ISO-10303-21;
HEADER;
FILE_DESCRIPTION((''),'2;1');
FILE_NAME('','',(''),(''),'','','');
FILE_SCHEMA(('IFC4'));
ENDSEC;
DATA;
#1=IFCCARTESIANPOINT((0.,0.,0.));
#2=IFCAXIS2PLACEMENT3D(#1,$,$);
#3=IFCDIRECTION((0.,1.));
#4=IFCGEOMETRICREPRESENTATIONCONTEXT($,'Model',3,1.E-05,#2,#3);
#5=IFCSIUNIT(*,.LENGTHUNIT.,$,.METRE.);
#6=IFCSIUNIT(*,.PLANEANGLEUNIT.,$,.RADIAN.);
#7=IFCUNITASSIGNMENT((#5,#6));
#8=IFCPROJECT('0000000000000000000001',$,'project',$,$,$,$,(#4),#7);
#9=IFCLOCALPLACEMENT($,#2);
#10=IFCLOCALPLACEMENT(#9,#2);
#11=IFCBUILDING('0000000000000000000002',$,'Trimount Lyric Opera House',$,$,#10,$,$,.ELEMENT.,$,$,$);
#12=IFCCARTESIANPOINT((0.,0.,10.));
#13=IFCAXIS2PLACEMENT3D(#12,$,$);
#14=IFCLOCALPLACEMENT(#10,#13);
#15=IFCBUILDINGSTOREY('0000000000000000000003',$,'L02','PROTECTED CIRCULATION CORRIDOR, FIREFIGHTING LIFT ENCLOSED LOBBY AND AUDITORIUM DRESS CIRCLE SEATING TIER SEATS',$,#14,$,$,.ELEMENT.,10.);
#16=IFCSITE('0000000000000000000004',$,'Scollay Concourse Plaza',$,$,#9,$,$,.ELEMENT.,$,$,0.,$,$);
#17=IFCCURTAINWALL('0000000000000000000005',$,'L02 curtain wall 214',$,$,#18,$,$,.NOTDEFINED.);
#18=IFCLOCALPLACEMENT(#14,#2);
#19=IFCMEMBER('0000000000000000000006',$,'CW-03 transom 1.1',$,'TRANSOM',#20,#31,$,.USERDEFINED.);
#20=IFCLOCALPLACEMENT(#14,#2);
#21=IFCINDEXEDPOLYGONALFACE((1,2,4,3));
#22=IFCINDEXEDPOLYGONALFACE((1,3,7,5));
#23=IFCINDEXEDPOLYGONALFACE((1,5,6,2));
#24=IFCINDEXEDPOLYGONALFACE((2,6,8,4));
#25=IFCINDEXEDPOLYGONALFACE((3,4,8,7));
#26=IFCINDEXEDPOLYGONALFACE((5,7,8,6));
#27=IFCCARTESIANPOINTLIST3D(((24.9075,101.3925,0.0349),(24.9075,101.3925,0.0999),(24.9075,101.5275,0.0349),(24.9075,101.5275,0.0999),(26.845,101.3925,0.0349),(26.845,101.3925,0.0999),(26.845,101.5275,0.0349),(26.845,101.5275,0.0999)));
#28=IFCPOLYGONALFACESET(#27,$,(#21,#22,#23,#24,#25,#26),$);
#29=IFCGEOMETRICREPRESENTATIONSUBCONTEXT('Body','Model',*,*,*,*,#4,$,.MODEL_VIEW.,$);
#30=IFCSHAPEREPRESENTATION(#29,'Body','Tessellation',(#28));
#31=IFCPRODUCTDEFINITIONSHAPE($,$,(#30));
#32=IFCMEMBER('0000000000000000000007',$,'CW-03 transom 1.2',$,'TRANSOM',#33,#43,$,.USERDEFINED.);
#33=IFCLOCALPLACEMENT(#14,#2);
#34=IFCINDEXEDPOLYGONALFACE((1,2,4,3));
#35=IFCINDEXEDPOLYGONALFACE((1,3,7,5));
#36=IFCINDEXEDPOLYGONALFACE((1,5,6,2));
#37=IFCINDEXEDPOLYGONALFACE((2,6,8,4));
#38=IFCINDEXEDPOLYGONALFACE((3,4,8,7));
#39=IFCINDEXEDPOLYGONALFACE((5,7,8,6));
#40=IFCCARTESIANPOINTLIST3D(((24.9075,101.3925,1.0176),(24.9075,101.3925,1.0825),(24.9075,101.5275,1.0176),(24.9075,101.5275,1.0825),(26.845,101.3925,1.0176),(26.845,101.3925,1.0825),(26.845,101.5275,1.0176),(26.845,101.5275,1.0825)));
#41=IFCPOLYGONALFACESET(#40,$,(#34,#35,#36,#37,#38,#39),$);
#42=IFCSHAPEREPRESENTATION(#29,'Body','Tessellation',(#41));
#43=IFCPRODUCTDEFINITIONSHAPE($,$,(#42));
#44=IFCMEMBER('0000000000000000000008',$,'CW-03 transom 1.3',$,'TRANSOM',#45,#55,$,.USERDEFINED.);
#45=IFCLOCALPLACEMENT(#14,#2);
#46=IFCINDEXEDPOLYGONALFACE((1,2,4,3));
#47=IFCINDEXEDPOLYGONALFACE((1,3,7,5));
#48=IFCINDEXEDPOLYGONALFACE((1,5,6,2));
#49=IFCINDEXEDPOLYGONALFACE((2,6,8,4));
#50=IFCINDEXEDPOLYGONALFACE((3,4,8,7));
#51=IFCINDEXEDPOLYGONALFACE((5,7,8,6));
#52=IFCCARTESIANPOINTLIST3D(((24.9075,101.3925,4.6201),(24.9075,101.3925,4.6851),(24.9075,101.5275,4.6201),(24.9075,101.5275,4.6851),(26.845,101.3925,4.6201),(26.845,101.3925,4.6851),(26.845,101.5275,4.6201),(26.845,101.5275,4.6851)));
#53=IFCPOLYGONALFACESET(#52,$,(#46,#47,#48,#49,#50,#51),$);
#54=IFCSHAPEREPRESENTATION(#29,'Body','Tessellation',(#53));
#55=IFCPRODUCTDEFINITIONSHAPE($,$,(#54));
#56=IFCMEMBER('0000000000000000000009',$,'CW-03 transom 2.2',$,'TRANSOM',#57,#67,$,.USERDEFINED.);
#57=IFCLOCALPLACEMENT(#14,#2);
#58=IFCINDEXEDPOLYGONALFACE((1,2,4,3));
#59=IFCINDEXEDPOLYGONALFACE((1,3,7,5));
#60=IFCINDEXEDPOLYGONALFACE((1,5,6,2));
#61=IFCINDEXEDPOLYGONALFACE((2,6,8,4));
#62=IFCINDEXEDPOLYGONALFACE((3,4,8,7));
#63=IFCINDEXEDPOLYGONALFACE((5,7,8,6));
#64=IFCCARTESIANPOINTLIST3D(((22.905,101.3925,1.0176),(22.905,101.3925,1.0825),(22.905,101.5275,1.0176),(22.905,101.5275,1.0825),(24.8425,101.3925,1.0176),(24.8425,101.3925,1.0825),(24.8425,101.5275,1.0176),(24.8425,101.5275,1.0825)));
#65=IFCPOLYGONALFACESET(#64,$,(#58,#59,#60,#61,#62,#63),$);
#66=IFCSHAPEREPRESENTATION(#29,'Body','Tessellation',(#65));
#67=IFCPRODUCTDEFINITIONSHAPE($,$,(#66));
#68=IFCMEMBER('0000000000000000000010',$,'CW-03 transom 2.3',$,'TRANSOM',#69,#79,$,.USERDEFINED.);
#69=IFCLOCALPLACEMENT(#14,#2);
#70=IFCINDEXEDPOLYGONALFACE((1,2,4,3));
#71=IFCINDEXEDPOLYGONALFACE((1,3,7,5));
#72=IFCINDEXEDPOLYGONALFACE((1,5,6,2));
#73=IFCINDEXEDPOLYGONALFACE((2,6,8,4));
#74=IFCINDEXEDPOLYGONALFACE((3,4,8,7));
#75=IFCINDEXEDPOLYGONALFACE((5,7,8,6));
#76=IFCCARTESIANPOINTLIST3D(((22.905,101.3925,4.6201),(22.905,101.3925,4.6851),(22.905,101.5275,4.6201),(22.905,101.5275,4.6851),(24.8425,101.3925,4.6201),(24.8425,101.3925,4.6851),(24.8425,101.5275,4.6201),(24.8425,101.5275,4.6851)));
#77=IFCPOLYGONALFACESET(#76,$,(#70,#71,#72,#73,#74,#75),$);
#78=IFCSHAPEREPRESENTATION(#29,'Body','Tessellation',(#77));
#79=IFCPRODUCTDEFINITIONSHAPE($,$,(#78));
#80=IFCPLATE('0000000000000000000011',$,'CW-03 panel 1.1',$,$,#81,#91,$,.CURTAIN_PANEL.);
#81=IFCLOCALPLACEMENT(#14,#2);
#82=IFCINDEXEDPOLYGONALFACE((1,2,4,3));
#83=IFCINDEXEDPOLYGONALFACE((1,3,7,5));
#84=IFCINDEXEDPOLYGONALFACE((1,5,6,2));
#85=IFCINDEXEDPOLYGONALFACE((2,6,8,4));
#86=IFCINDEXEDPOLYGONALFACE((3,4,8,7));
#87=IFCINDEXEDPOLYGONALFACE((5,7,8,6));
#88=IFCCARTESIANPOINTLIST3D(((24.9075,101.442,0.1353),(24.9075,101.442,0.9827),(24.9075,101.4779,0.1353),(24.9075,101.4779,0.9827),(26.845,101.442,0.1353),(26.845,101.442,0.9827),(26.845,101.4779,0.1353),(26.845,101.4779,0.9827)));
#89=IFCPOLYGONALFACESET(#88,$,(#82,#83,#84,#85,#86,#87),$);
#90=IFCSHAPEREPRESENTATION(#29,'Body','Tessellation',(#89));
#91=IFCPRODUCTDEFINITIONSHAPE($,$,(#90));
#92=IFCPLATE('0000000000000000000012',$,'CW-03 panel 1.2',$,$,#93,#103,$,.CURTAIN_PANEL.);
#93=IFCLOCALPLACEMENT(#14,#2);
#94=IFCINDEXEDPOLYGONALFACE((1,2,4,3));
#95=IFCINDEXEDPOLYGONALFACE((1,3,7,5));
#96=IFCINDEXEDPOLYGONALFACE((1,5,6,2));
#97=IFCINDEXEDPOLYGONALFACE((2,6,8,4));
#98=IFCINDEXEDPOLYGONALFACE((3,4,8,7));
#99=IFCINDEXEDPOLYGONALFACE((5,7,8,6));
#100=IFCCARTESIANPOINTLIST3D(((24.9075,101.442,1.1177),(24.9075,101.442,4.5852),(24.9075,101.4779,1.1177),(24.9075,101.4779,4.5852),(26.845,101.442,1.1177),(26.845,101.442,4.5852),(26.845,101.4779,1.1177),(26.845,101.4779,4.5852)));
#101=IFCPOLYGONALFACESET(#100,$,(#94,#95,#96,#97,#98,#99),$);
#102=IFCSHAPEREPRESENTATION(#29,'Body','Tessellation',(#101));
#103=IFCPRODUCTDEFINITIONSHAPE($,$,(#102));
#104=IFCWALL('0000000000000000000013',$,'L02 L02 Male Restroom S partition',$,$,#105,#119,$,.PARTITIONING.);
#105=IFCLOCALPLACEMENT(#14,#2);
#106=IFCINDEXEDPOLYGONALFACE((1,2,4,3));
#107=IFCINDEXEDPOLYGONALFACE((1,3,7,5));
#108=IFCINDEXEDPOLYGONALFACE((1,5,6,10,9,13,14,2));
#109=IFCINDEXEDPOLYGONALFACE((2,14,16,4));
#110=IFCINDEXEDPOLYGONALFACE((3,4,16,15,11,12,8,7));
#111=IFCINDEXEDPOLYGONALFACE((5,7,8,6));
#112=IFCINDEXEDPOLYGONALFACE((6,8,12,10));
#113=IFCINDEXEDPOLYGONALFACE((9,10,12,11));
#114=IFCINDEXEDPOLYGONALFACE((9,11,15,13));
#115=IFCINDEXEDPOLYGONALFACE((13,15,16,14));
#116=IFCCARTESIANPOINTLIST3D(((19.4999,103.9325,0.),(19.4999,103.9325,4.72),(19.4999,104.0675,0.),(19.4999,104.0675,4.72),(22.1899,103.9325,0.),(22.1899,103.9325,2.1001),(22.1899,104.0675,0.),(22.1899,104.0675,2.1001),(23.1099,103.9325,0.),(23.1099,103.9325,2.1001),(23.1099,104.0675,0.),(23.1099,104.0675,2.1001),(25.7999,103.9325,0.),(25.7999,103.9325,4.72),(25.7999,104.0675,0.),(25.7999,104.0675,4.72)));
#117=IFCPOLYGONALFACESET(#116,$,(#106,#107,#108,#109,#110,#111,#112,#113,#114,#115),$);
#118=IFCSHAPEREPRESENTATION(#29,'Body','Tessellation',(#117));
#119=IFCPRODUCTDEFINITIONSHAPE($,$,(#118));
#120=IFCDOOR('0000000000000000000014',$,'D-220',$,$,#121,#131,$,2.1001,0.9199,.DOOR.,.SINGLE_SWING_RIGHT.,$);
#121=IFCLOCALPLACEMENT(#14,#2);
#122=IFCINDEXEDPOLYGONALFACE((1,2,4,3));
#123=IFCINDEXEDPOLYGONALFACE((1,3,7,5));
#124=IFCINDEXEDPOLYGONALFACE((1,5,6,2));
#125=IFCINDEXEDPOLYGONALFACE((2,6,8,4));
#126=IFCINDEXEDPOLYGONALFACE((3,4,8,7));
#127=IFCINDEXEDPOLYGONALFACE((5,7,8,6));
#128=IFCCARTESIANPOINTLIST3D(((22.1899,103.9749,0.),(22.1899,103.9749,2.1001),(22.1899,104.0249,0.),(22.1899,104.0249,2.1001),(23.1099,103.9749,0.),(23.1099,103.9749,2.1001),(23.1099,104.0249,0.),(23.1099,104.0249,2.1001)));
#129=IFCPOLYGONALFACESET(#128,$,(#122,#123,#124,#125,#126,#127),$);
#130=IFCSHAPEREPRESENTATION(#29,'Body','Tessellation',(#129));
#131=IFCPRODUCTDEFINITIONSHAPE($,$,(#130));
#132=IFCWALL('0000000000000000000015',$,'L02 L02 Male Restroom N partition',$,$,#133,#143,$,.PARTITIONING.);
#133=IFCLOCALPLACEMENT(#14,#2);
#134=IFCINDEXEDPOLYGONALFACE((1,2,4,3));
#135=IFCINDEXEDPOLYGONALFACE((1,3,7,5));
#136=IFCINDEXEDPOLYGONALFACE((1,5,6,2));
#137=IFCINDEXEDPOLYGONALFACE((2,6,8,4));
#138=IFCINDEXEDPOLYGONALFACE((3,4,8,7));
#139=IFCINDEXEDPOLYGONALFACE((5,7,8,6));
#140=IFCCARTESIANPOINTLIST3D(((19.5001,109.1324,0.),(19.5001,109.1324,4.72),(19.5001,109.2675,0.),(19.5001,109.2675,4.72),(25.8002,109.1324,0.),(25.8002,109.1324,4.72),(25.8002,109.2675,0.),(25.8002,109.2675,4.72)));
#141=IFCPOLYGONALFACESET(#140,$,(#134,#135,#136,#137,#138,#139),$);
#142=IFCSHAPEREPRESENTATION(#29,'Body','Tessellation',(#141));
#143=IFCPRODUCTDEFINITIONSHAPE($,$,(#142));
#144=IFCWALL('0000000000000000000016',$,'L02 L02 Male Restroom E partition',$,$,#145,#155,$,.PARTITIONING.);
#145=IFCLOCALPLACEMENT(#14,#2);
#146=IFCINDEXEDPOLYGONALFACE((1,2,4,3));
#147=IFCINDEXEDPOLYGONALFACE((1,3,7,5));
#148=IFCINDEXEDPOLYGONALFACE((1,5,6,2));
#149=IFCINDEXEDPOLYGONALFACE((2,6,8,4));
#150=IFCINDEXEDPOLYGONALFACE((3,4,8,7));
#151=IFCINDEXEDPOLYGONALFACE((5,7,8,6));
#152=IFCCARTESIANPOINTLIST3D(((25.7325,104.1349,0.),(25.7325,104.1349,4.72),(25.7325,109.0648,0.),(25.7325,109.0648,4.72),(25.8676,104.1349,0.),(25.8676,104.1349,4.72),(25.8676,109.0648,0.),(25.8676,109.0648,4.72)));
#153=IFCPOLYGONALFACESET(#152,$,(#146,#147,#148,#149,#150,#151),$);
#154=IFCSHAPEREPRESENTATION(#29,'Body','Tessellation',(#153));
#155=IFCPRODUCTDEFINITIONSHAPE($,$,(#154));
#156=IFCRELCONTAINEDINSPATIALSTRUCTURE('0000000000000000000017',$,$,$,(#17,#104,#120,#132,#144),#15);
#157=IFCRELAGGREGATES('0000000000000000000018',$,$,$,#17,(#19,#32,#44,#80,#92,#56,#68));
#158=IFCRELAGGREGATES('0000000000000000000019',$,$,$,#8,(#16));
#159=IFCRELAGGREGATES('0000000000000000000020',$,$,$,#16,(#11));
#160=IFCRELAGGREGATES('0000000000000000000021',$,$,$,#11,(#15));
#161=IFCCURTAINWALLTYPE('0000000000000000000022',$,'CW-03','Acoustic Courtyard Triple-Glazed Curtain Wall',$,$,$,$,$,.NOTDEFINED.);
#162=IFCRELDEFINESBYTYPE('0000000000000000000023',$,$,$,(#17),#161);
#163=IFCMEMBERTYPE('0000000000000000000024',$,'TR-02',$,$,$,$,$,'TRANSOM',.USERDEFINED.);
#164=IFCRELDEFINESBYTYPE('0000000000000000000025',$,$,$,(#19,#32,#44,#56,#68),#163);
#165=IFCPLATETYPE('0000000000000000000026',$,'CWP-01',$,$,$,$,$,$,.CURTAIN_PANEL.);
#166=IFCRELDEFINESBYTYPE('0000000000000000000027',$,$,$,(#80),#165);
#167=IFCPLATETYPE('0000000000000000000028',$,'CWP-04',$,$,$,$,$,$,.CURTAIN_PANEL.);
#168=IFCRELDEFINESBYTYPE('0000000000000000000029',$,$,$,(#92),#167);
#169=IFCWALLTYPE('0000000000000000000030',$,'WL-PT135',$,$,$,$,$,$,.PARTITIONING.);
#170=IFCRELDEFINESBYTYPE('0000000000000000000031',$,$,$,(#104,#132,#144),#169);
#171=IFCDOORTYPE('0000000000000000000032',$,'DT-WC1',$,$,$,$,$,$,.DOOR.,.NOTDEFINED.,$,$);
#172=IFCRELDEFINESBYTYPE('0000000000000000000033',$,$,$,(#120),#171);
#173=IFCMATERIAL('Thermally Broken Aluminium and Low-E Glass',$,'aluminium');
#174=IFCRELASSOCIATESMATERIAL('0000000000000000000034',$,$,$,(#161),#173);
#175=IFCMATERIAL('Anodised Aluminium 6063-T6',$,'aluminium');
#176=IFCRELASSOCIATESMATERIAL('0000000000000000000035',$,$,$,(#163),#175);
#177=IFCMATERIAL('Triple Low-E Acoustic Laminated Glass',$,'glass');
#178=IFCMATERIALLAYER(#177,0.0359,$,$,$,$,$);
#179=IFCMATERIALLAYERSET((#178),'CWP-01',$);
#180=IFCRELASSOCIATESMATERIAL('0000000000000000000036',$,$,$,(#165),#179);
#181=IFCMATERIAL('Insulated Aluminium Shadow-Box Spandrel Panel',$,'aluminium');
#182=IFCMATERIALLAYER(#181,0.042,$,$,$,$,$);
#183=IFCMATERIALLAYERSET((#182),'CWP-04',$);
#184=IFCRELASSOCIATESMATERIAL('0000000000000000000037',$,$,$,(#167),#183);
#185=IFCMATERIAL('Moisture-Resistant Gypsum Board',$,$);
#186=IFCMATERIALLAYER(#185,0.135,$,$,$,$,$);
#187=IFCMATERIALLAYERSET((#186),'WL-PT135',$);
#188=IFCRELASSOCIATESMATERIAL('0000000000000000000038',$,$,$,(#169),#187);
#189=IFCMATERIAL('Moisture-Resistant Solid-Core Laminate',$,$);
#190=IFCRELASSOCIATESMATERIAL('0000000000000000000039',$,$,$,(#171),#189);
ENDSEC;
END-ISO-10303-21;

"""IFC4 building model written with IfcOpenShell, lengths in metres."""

from ifc_helpers import new_model, si_unit, direction, frame, frame_2d, origin, origin_2d, place, context, subcontext, project, spatial, rectangle, extrude, material, layer, layer_set, material_profile, profile_set, type_object, element, fill, aggregate, save


model = new_model("IFC4")

# Units and contexts
model_context = context("Model", 3, precision=1e-05, world=origin(), true_north=direction((0.0, 1.0)))
body_context = subcontext(model_context, "Body", "Model", "MODEL_VIEW")
ifc_project = project(units=[si_unit("LENGTHUNIT", "METRE"), si_unit("PLANEANGLEUNIT", "RADIAN")], contexts=[model_context])

# Site, building, storey
site_placement = place(None, origin())
site = spatial("IfcSite", under=ifc_project, at=site_placement, Name="Scollay Concourse Plaza", CompositionType="ELEMENT", RefElevation=0.0)
building_placement = place(site_placement, origin())
building = spatial("IfcBuilding", under=site, at=building_placement, Name="Trimount Lyric Opera House", CompositionType="ELEMENT")
storey_placement = place(building_placement, frame((0.0, 0.0, 10.0)))
storey = spatial("IfcBuildingStorey", under=building, at=storey_placement, Name="L02", Description="PROTECTED CIRCULATION CORRIDOR, FIREFIGHTING LIFT ENCLOSED LOBBY AND AUDITORIUM DRESS CIRCLE SEATING TIER SEATS", CompositionType="ELEMENT", Elevation=10.0)

# Curtain wall
ifc_material_1 = material(Name="Thermally Broken Aluminium and Low-E Glass", Category="aluminium")
curtain_wall_type = type_object("IfcCurtainWallType", Name="CW-03", Description="Acoustic Courtyard Triple-Glazed Curtain Wall", PredefinedType="NOTDEFINED", material=ifc_material_1)
curtain_wall_placement = place(storey_placement, origin())
curtain_wall = element("IfcCurtainWall", 1, at=curtain_wall_placement, inside=storey, type_object=curtain_wall_type, Name="L02 curtain wall 214", PredefinedType="NOTDEFINED")

# Members
ifc_material_2 = material(Name="Anodised Aluminium 6063-T6", Category="aluminium")
ifc_material_profile_1 = material_profile(ifc_material_2, rectangle(XDim=0.135, YDim=0.0649, at=origin_2d()), Name="ALU-TRAN-65X135")
ifc_profile_set_1 = profile_set([ifc_material_profile_1], Name="Anodised Aluminium 6063-T6")
member_type_1 = type_object("IfcMemberType", Name="TR-02", ElementType="TRANSOM", PredefinedType="USERDEFINED", material=ifc_profile_set_1)
member_1_placement = place(storey_placement, frame((26.845, 101.46, 0.0674), z_axis=(-1.0, 0.0, 0.0), x_axis=(0.0, -1.0, 0.0)))
member_1 = element("IfcMember", 2, at=member_1_placement, type_object=member_type_1, Name="CW-03 transom 1.1", ObjectType="TRANSOM", PredefinedType="USERDEFINED", context=body_context, shape_type="SweptSolid", body=[
    extrude(rectangle(XDim=0.135, YDim=0.0649, at=origin_2d()), origin(), (0.0, 0.0, 1.0), 1.9375),
])
member_2_placement = place(storey_placement, frame((26.845, 101.46, 1.05), z_axis=(-1.0, 0.0, 0.0), x_axis=(0.0, -1.0, 0.0)))
member_2 = element("IfcMember", 3, at=member_2_placement, type_object=member_type_1, Name="CW-03 transom 1.2", ObjectType="TRANSOM", PredefinedType="USERDEFINED", context=body_context, shape_type="SweptSolid", body=[
    extrude(rectangle(XDim=0.135, YDim=0.0649, at=origin_2d()), origin(), (0.0, 0.0, 1.0), 1.9375),
])
member_3_placement = place(storey_placement, frame((26.845, 101.46, 4.6526), z_axis=(-1.0, 0.0, 0.0), x_axis=(0.0, -1.0, 0.0)))
member_3 = element("IfcMember", 4, at=member_3_placement, type_object=member_type_1, Name="CW-03 transom 1.3", ObjectType="TRANSOM", PredefinedType="USERDEFINED", context=body_context, shape_type="SweptSolid", body=[
    extrude(rectangle(XDim=0.135, YDim=0.0649, at=origin_2d()), origin(), (0.0, 0.0, 1.0), 1.9375),
])
member_4_placement = place(storey_placement, frame((24.8425, 101.46, 1.05), z_axis=(-1.0, 0.0, 0.0), x_axis=(0.0, -1.0, 0.0)))
member_4 = element("IfcMember", 5, at=member_4_placement, type_object=member_type_1, Name="CW-03 transom 2.2", ObjectType="TRANSOM", PredefinedType="USERDEFINED", context=body_context, shape_type="SweptSolid", body=[
    extrude(rectangle(XDim=0.135, YDim=0.0649, at=origin_2d()), origin(), (0.0, 0.0, 1.0), 1.9375),
])
member_5_placement = place(storey_placement, frame((24.8425, 101.46, 4.6526), z_axis=(-1.0, 0.0, 0.0), x_axis=(0.0, -1.0, 0.0)))
member_5 = element("IfcMember", 6, at=member_5_placement, type_object=member_type_1, Name="CW-03 transom 2.3", ObjectType="TRANSOM", PredefinedType="USERDEFINED", context=body_context, shape_type="SweptSolid", body=[
    extrude(rectangle(XDim=0.135, YDim=0.0649, at=origin_2d()), origin(), (0.0, 0.0, 1.0), 1.9375),
])

# Plates
ifc_material_3 = material(Name="Triple Low-E Acoustic Laminated Glass", Category="glass")
ifc_layer_1 = layer(ifc_material_3, 0.0359)
ifc_layer_set_1 = layer_set([ifc_layer_1], Name="CWP-01")
plate_type_1 = type_object("IfcPlateType", Name="CWP-01", PredefinedType="CURTAIN_PANEL", material=ifc_layer_set_1)
plate_1_placement = place(storey_placement, frame((25.8762, 101.46, 0.1353), z_axis=(0.0, 0.0, 1.0), x_axis=(-1.0, 0.0, 0.0)))
plate_1 = element("IfcPlate", 7, at=plate_1_placement, type_object=plate_type_1, Name="CW-03 panel 1.1", PredefinedType="CURTAIN_PANEL", context=body_context, shape_type="SweptSolid", body=[
    extrude(rectangle(XDim=1.9375, YDim=0.0359, at=origin_2d()), origin(), (0.0, 0.0, 1.0), 0.8474),
])
ifc_material_4 = material(Name="Insulated Aluminium Shadow-Box Spandrel Panel", Category="aluminium")
ifc_layer_2 = layer(ifc_material_4, 0.042)
ifc_layer_set_2 = layer_set([ifc_layer_2], Name="CWP-04")
plate_type_2 = type_object("IfcPlateType", Name="CWP-04", PredefinedType="CURTAIN_PANEL", material=ifc_layer_set_2)
plate_2_placement = place(storey_placement, frame((25.8762, 101.46, 1.1177), z_axis=(0.0, 0.0, 1.0), x_axis=(-1.0, 0.0, 0.0)))
plate_2 = element("IfcPlate", 8, at=plate_2_placement, type_object=plate_type_2, Name="CW-03 panel 1.2", PredefinedType="CURTAIN_PANEL", context=body_context, shape_type="SweptSolid", body=[
    extrude(rectangle(XDim=1.9375, YDim=0.0359, at=origin_2d()), origin(), (0.0, 0.0, 1.0), 3.4675),
])
aggregate(curtain_wall, [member_1, member_2, member_3, plate_1, plate_2, member_4, member_5])

# Wall, opening, door
ifc_material_5 = material(Name="Moisture-Resistant Gypsum Board")
ifc_layer_3 = layer(ifc_material_5, 0.135)
ifc_layer_set_3 = layer_set([ifc_layer_3], Name="WL-PT135")
wall_type_1 = type_object("IfcWallType", Name="WL-PT135", PredefinedType="PARTITIONING", material=ifc_layer_set_3)
wall_1_placement = place(storey_placement, frame((19.5, 104.0, 0.0), z_axis=(0.0, 0.0, 1.0), x_axis=(1.0, 0.0, 0.0)))
wall_1 = element("IfcWall", 9, at=wall_1_placement, inside=storey, type_object=wall_type_1, Name="L02 L02 Male Restroom S partition", PredefinedType="PARTITIONING", context=body_context, shape_type="SweptSolid", body=[
    extrude(rectangle(XDim=6.3, YDim=0.135, at=frame_2d((3.1499, 0.0))), origin(), (0.0, 0.0, 1.0), 4.72),
])
opening_1_placement = place(wall_1_placement, frame((2.6899, 0.0, 0.0)))
opening_1 = element("IfcOpeningElement", 10, at=opening_1_placement, cuts=wall_1, PredefinedType="OPENING", context=body_context, shape_type="SweptSolid", body=[
    extrude(rectangle(XDim=0.9199, YDim=2.1001, at=frame_2d((0.46, 1.05))), frame((0.0, 0.0776, 0.0), z_axis=(0.0, -1.0, 0.0), x_axis=(1.0, 0.0, 0.0)), (0.0, 0.0, 1.0), 0.155),
])
ifc_material_6 = material(Name="Moisture-Resistant Solid-Core Laminate")
door_type = type_object("IfcDoorType", Name="DT-WC1", OperationType="NOTDEFINED", PredefinedType="DOOR", material=ifc_material_6)
door_placement = place(opening_1_placement, origin())
door = element("IfcDoor", 11, at=door_placement, inside=storey, type_object=door_type, Name="D-220", OperationType="SINGLE_SWING_RIGHT", OverallHeight=2.1001, OverallWidth=0.9199, PredefinedType="DOOR", context=body_context, shape_type="SweptSolid", body=[
    extrude(rectangle(XDim=0.9199, YDim=2.1001, at=frame_2d((0.46, 1.05))), frame((0.0, 0.0249, 0.0), z_axis=(0.0, -1.0, 0.0), x_axis=(1.0, 0.0, 0.0)), (0.0, 0.0, 1.0), 0.05),
])
fill(opening_1, door)

# Walls
wall_2_placement = place(storey_placement, frame((25.8, 109.2, 0.0), z_axis=(0.0, 0.0, 1.0), x_axis=(-1.0, 0.0, 0.0)))
element("IfcWall", 12, at=wall_2_placement, inside=storey, type_object=wall_type_1, Name="L02 L02 Male Restroom N partition", PredefinedType="PARTITIONING", context=body_context, shape_type="SweptSolid", body=[
    extrude(rectangle(XDim=6.3, YDim=0.135, at=frame_2d((3.1499, 0.0))), origin(), (0.0, 0.0, 1.0), 4.72),
])
for number, where, z_axis, x_axis, name in (
    (13, (25.8, 104.135, 0.0), (0.0, 0.0, 1.0), (0.0, 1.0, 0.0), "L02 L02 Male Restroom E partition"),
):
    element("IfcWall", number, at=place(storey_placement, frame(where, z_axis=z_axis, x_axis=x_axis)), inside=storey, type_object=wall_type_1, Name=name, PredefinedType="PARTITIONING", context=body_context, shape_type="SweptSolid", body=[
        extrude(rectangle(XDim=4.9299, YDim=0.135, at=frame_2d((2.4648, 0.0))), origin(), (0.0, 0.0, 1.0), 4.72),
    ])

save(model, "model.ifc")
